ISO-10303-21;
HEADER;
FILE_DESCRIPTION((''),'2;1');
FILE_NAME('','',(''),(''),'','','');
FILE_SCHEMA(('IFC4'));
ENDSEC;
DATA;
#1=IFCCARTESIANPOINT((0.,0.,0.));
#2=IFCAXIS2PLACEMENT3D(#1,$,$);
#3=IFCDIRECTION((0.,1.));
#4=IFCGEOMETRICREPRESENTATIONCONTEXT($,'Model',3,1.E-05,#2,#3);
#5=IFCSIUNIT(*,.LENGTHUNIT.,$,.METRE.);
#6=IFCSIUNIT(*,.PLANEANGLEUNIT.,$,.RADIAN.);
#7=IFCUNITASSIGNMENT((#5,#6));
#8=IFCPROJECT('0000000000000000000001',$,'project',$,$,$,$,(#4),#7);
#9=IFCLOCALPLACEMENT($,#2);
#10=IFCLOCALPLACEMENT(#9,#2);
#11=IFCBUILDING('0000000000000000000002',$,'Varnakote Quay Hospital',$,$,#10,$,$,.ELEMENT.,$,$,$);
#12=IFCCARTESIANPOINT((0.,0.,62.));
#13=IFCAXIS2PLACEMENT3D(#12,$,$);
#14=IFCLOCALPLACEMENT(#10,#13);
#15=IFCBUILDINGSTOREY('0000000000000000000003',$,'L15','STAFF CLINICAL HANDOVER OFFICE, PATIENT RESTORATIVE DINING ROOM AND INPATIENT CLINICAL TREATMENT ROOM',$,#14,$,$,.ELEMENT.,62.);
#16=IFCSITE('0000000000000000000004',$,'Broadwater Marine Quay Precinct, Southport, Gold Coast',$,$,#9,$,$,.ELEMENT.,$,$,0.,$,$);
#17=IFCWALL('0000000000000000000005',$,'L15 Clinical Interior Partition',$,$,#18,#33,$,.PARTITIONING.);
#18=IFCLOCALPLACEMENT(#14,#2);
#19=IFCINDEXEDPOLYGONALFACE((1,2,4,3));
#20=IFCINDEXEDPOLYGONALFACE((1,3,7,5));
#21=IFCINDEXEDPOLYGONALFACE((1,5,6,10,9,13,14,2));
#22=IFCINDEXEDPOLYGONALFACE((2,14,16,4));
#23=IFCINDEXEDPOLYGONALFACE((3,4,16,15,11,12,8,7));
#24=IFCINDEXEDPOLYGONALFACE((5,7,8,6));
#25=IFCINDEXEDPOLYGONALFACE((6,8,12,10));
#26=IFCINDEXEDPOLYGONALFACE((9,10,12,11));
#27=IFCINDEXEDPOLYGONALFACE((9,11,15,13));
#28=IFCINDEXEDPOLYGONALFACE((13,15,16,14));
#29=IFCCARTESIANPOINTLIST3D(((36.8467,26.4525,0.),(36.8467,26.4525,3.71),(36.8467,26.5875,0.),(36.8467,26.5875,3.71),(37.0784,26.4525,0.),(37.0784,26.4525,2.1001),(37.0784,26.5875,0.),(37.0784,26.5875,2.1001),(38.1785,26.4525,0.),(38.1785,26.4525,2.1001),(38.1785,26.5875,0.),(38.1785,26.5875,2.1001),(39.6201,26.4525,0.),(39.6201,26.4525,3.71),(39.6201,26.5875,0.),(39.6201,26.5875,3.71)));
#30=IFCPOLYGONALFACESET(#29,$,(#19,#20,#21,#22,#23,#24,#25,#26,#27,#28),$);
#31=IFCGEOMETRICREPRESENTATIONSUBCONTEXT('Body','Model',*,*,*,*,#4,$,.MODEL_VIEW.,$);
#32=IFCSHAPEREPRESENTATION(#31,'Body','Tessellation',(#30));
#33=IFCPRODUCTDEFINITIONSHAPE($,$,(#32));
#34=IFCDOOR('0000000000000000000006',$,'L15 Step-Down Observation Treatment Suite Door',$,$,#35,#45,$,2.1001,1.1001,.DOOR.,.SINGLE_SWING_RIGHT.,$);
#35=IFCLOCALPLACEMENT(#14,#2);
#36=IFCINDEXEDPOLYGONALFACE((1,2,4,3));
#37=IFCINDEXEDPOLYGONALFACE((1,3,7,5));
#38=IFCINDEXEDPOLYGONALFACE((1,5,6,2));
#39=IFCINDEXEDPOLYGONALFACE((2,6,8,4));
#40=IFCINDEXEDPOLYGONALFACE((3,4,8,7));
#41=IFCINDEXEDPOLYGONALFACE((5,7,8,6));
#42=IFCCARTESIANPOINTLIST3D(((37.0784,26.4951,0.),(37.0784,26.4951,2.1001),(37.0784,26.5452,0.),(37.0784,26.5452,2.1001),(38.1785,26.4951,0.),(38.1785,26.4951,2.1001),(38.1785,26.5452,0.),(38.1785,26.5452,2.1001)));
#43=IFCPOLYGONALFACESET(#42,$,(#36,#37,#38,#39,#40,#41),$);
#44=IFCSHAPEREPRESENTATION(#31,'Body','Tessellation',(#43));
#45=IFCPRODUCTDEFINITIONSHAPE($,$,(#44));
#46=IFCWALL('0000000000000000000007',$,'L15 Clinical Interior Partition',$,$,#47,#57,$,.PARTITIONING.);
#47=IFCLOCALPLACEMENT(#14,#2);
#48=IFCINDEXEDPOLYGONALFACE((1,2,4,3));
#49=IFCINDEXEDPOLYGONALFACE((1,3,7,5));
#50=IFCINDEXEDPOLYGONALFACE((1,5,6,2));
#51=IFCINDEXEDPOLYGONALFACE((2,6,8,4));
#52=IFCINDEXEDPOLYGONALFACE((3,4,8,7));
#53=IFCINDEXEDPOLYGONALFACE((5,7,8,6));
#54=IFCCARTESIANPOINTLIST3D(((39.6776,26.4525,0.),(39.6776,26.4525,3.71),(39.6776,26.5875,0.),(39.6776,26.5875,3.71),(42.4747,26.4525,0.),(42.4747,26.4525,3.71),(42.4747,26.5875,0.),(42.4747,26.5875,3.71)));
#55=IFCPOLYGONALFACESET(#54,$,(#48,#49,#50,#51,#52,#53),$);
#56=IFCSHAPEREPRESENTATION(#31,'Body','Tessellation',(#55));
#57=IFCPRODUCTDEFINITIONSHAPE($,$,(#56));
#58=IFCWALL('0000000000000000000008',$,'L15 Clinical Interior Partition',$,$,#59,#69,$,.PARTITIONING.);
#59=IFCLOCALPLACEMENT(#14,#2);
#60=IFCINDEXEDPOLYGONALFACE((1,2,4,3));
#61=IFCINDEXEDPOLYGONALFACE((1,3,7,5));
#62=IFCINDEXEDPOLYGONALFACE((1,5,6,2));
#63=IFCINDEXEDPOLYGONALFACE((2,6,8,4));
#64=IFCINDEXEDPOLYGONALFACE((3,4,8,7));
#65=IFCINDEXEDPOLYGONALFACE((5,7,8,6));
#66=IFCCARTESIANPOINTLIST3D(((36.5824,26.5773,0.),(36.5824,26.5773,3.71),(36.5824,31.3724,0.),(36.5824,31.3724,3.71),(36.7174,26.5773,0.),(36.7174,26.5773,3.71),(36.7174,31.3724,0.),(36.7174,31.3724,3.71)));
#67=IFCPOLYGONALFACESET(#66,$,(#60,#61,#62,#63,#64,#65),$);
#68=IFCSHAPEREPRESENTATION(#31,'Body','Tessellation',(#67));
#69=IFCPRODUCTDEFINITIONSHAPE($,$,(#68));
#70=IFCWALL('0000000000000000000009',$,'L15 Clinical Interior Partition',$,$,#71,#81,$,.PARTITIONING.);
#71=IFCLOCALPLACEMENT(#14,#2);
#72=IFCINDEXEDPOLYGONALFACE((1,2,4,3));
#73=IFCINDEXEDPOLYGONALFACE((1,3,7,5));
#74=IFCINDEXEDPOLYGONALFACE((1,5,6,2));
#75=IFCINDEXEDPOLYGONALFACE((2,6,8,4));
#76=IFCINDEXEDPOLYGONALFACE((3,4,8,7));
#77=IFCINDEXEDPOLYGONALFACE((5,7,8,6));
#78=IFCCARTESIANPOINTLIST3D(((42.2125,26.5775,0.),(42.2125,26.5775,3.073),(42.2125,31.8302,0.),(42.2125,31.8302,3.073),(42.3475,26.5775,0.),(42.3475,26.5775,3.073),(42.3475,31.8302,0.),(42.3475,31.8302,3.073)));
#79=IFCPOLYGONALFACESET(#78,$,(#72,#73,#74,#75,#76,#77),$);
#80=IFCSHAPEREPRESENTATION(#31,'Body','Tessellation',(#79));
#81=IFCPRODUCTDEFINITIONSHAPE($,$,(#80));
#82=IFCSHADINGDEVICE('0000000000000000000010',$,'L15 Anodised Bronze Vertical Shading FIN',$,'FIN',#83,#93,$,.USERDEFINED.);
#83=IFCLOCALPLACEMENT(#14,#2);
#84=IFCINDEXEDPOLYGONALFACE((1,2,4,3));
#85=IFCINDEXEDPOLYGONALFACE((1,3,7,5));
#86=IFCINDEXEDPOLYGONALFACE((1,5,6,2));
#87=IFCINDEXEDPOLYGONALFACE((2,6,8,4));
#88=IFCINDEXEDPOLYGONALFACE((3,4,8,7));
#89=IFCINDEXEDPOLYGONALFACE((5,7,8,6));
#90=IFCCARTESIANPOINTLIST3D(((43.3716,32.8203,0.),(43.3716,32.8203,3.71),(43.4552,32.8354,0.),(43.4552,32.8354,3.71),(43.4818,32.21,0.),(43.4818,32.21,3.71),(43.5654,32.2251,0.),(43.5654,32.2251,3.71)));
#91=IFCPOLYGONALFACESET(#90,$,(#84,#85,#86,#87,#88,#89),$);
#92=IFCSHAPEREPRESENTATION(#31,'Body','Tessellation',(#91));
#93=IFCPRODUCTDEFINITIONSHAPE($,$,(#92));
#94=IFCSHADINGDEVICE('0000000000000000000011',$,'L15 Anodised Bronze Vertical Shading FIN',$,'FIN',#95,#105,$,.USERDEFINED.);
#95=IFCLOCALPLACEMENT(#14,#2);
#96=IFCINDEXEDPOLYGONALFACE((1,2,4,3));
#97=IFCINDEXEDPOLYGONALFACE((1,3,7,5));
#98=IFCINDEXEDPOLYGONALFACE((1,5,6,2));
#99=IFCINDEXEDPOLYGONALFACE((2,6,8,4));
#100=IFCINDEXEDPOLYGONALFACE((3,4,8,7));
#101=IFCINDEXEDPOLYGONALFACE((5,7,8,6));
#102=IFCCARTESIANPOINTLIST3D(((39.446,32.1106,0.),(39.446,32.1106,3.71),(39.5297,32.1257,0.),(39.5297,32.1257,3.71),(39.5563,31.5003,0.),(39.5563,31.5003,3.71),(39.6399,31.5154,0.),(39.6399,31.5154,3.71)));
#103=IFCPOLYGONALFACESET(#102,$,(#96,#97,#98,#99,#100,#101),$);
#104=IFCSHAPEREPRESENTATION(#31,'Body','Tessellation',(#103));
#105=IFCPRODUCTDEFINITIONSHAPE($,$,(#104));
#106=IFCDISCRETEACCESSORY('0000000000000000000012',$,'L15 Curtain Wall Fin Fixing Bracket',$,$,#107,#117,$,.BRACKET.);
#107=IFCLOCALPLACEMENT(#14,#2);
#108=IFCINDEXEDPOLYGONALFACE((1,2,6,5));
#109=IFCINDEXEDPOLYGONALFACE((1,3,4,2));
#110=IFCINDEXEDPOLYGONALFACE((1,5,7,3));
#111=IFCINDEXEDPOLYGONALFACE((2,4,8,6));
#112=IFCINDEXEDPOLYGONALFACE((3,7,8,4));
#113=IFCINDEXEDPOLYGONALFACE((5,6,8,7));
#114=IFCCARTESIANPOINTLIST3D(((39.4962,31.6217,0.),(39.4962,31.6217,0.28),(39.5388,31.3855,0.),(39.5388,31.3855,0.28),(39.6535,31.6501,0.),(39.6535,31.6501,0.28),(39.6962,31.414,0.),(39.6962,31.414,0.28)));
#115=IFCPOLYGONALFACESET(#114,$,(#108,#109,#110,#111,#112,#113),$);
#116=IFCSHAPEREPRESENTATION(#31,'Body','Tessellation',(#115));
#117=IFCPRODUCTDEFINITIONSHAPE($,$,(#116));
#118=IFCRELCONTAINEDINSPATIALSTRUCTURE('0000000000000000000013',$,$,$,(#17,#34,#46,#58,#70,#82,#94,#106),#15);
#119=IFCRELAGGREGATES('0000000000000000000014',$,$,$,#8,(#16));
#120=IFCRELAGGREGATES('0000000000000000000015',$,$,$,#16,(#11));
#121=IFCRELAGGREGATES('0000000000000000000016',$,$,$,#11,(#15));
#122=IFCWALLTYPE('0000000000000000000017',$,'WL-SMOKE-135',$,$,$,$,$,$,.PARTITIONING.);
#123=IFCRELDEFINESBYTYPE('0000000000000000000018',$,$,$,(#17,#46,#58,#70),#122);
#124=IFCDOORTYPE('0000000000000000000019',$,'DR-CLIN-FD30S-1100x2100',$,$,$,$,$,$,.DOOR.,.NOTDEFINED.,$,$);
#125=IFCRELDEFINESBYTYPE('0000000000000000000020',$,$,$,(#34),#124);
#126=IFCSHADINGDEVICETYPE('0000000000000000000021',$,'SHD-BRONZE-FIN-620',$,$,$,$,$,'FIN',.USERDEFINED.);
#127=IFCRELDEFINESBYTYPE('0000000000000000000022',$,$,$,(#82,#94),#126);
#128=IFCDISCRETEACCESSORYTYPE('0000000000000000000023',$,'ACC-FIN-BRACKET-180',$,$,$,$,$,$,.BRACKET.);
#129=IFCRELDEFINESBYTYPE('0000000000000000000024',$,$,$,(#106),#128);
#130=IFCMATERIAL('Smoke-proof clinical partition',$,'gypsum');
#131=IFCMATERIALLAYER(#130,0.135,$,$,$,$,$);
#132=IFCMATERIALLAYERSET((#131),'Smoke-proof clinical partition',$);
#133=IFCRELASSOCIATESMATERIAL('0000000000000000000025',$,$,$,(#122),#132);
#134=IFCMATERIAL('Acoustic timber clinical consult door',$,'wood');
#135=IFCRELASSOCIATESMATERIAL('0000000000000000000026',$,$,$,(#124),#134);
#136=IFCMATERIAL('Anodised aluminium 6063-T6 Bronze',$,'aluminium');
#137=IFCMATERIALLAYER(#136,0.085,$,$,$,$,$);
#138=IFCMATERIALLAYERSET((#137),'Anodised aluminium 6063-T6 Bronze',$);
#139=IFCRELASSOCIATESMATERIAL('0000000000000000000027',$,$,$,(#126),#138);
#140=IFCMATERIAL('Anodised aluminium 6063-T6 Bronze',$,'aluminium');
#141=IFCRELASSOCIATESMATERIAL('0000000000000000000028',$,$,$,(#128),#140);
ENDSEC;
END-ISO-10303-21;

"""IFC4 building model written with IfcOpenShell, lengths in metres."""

from ifc_helpers import new_model, si_unit, direction, frame, frame_2d, origin, origin_2d, place, context, subcontext, project, spatial, rectangle, extrude, material, layer, layer_set, type_object, element, fill, save


model = new_model("IFC4")

# Units and contexts
model_context = context("Model", 3, precision=1e-05, world=origin(), true_north=direction((0.0, 1.0)))
body_context = subcontext(model_context, "Body", "Model", "MODEL_VIEW")
ifc_project = project(units=[si_unit("LENGTHUNIT", "METRE"), si_unit("PLANEANGLEUNIT", "RADIAN")], contexts=[model_context])

# Site, building, storey
site_placement = place(None, origin())
site = spatial("IfcSite", under=ifc_project, at=site_placement, Name="Broadwater Marine Quay Precinct, Southport, Gold Coast", CompositionType="ELEMENT", RefElevation=0.0)
building_placement = place(site_placement, origin())
building = spatial("IfcBuilding", under=site, at=building_placement, Name="Varnakote Quay Hospital", CompositionType="ELEMENT")
storey_placement = place(building_placement, frame((0.0, 0.0, 62.0)))
storey = spatial("IfcBuildingStorey", under=building, at=storey_placement, Name="L15", Description="STAFF CLINICAL HANDOVER OFFICE, PATIENT RESTORATIVE DINING ROOM AND INPATIENT CLINICAL TREATMENT ROOM", CompositionType="ELEMENT", Elevation=62.0)

# Shared definitions
ifc_material_1 = material(Name="Smoke-proof clinical partition", Category="gypsum")
ifc_layer_1 = layer(ifc_material_1, 0.135)
ifc_layer_set_1 = layer_set([ifc_layer_1], Name="Smoke-proof clinical partition")
wall_type_1 = type_object("IfcWallType", Name="WL-SMOKE-135", PredefinedType="PARTITIONING", material=ifc_layer_set_1)

# Shared definitions
ifc_material_2 = material(Name="Acoustic timber clinical consult door", Category="wood")
door_type = type_object("IfcDoorType", Name="DR-CLIN-FD30S-1100x2100", OperationType="NOTDEFINED", PredefinedType="DOOR", material=ifc_material_2)

# Wall, opening, door
wall_1_placement = place(storey_placement, frame((39.6201, 26.52, 0.0), z_axis=(0.0, 0.0, 1.0), x_axis=(-1.0, 0.0, 0.0)))
wall_1 = element("IfcWall", 1, at=wall_1_placement, inside=storey, type_object=wall_type_1, Name="L15 Clinical Interior Partition", PredefinedType="PARTITIONING", context=body_context, shape_type="SweptSolid", body=[
    extrude(rectangle(XDim=2.7734, YDim=0.135, at=frame_2d((1.3867, 0.0))), origin(), (0.0, 0.0, 1.0), 3.71),
])
opening_1_placement = place(wall_1_placement, frame((1.4417, 0.0, 0.0)))
opening_1 = element("IfcOpeningElement", 2, at=opening_1_placement, cuts=wall_1, PredefinedType="OPENING", context=body_context, shape_type="SweptSolid", body=[
    extrude(rectangle(XDim=1.1001, YDim=2.1001, at=frame_2d((0.55, 1.05))), frame((0.0, 0.0774, 0.0), z_axis=(0.0, -1.0, 0.0), x_axis=(1.0, 0.0, 0.0)), (0.0, 0.0, 1.0), 0.155),
])
door_1_placement = place(opening_1_placement, origin())
door_1 = element("IfcDoor", 3, at=door_1_placement, inside=storey, type_object=door_type, Name="L15 Step-Down Observation Treatment Suite Door", OperationType="SINGLE_SWING_RIGHT", OverallHeight=2.1001, OverallWidth=1.1001, PredefinedType="DOOR", context=body_context, shape_type="SweptSolid", body=[
    extrude(rectangle(XDim=1.1001, YDim=2.1001, at=frame_2d((0.55, 1.05))), frame((0.0, 0.0249, 0.0), z_axis=(0.0, -1.0, 0.0), x_axis=(1.0, 0.0, 0.0)), (0.0, 0.0, 1.0), 0.05),
])
fill(opening_1, door_1)

# Walls
wall_2_placement = place(storey_placement, frame((42.4746, 26.52, 0.0), z_axis=(0.0, 0.0, 1.0), x_axis=(-1.0, 0.0, 0.0)))
element("IfcWall", 4, at=wall_2_placement, inside=storey, type_object=wall_type_1, Name="L15 Clinical Interior Partition", PredefinedType="PARTITIONING", context=body_context, shape_type="SweptSolid", body=[
    extrude(rectangle(XDim=2.7971, YDim=0.135, at=frame_2d((1.3984, 0.0))), origin(), (0.0, 0.0, 1.0), 3.71),
])
wall_3_placement = place(storey_placement, frame((36.6499, 26.5774, 0.0), z_axis=(0.0, 0.0, 1.0), x_axis=(0.0, 1.0, 0.0)))
element("IfcWall", 5, at=wall_3_placement, inside=storey, type_object=wall_type_1, Name="L15 Clinical Interior Partition", PredefinedType="PARTITIONING", context=body_context, shape_type="SweptSolid", body=[
    extrude(rectangle(XDim=4.7952, YDim=0.135, at=frame_2d((2.3975, 0.0))), origin(), (0.0, 0.0, 1.0), 3.71),
])
wall_4_placement = place(storey_placement, frame((42.28, 26.5774, 0.0), z_axis=(0.0, 0.0, 1.0), x_axis=(0.0, 1.0, 0.0)))
element("IfcWall", 6, at=wall_4_placement, inside=storey, type_object=wall_type_1, Name="L15 Clinical Interior Partition", PredefinedType="PARTITIONING", context=body_context, shape_type="SweptSolid", body=[
    extrude(rectangle(XDim=5.2527, YDim=0.135, at=frame_2d((2.6265, 0.0))), origin(), (0.0, 0.0, 1.0), 3.073),
])

# Shading devices
ifc_material_3 = material(Name="Anodised aluminium 6063-T6 Bronze", Category="aluminium")
ifc_layer_2 = layer(ifc_material_3, 0.085)
ifc_layer_set_2 = layer_set([ifc_layer_2], Name="Anodised aluminium 6063-T6 Bronze")
shading_device_type = type_object("IfcShadingDeviceType", Name="SHD-BRONZE-FIN-620", ElementType="FIN", PredefinedType="USERDEFINED", material=ifc_layer_set_2)
for number, where, z_axis, x_axis, name in (
    (7, (43.4685, 32.5227, 0.0), (0.0, 0.0, 1.0), (0.177772, -0.984072, 0.0), "L15 Anodised Bronze Vertical Shading FIN"),
    (8, (39.543, 31.813, 0.0), (0.0, 0.0, 1.0), (0.177772, -0.984072, 0.0), "L15 Anodised Bronze Vertical Shading FIN"),
):
    element("IfcShadingDevice", number, at=place(storey_placement, frame(where, z_axis=z_axis, x_axis=x_axis)), inside=storey, type_object=shading_device_type, Name=name, ObjectType="FIN", PredefinedType="USERDEFINED", context=body_context, shape_type="SweptSolid", body=[
        extrude(rectangle(XDim=0.6201, YDim=0.085, at=origin_2d()), origin(), (0.0, 0.0, 1.0), 3.71),
    ])

# Discrete accessory
ifc_material_4 = material(Name="Anodised aluminium 6063-T6 Bronze", Category="aluminium")
discrete_accessory_type = type_object("IfcDiscreteAccessoryType", Name="ACC-FIN-BRACKET-180", PredefinedType="BRACKET", material=ifc_material_4)
discrete_accessory_placement = place(storey_placement, frame((39.5962, 31.5178, 0.0), z_axis=(0.0, 0.0, 1.0), x_axis=(-0.984072, -0.177772, 0.0)))
element("IfcDiscreteAccessory", 9, at=discrete_accessory_placement, inside=storey, type_object=discrete_accessory_type, Name="L15 Curtain Wall Fin Fixing Bracket", PredefinedType="BRACKET", context=body_context, shape_type="SweptSolid", body=[
    extrude(rectangle(XDim=0.1599, YDim=0.24, at=origin_2d()), origin(), (0.0, 0.0, 1.0), 0.28),
])

save(model, "model.ifc")
